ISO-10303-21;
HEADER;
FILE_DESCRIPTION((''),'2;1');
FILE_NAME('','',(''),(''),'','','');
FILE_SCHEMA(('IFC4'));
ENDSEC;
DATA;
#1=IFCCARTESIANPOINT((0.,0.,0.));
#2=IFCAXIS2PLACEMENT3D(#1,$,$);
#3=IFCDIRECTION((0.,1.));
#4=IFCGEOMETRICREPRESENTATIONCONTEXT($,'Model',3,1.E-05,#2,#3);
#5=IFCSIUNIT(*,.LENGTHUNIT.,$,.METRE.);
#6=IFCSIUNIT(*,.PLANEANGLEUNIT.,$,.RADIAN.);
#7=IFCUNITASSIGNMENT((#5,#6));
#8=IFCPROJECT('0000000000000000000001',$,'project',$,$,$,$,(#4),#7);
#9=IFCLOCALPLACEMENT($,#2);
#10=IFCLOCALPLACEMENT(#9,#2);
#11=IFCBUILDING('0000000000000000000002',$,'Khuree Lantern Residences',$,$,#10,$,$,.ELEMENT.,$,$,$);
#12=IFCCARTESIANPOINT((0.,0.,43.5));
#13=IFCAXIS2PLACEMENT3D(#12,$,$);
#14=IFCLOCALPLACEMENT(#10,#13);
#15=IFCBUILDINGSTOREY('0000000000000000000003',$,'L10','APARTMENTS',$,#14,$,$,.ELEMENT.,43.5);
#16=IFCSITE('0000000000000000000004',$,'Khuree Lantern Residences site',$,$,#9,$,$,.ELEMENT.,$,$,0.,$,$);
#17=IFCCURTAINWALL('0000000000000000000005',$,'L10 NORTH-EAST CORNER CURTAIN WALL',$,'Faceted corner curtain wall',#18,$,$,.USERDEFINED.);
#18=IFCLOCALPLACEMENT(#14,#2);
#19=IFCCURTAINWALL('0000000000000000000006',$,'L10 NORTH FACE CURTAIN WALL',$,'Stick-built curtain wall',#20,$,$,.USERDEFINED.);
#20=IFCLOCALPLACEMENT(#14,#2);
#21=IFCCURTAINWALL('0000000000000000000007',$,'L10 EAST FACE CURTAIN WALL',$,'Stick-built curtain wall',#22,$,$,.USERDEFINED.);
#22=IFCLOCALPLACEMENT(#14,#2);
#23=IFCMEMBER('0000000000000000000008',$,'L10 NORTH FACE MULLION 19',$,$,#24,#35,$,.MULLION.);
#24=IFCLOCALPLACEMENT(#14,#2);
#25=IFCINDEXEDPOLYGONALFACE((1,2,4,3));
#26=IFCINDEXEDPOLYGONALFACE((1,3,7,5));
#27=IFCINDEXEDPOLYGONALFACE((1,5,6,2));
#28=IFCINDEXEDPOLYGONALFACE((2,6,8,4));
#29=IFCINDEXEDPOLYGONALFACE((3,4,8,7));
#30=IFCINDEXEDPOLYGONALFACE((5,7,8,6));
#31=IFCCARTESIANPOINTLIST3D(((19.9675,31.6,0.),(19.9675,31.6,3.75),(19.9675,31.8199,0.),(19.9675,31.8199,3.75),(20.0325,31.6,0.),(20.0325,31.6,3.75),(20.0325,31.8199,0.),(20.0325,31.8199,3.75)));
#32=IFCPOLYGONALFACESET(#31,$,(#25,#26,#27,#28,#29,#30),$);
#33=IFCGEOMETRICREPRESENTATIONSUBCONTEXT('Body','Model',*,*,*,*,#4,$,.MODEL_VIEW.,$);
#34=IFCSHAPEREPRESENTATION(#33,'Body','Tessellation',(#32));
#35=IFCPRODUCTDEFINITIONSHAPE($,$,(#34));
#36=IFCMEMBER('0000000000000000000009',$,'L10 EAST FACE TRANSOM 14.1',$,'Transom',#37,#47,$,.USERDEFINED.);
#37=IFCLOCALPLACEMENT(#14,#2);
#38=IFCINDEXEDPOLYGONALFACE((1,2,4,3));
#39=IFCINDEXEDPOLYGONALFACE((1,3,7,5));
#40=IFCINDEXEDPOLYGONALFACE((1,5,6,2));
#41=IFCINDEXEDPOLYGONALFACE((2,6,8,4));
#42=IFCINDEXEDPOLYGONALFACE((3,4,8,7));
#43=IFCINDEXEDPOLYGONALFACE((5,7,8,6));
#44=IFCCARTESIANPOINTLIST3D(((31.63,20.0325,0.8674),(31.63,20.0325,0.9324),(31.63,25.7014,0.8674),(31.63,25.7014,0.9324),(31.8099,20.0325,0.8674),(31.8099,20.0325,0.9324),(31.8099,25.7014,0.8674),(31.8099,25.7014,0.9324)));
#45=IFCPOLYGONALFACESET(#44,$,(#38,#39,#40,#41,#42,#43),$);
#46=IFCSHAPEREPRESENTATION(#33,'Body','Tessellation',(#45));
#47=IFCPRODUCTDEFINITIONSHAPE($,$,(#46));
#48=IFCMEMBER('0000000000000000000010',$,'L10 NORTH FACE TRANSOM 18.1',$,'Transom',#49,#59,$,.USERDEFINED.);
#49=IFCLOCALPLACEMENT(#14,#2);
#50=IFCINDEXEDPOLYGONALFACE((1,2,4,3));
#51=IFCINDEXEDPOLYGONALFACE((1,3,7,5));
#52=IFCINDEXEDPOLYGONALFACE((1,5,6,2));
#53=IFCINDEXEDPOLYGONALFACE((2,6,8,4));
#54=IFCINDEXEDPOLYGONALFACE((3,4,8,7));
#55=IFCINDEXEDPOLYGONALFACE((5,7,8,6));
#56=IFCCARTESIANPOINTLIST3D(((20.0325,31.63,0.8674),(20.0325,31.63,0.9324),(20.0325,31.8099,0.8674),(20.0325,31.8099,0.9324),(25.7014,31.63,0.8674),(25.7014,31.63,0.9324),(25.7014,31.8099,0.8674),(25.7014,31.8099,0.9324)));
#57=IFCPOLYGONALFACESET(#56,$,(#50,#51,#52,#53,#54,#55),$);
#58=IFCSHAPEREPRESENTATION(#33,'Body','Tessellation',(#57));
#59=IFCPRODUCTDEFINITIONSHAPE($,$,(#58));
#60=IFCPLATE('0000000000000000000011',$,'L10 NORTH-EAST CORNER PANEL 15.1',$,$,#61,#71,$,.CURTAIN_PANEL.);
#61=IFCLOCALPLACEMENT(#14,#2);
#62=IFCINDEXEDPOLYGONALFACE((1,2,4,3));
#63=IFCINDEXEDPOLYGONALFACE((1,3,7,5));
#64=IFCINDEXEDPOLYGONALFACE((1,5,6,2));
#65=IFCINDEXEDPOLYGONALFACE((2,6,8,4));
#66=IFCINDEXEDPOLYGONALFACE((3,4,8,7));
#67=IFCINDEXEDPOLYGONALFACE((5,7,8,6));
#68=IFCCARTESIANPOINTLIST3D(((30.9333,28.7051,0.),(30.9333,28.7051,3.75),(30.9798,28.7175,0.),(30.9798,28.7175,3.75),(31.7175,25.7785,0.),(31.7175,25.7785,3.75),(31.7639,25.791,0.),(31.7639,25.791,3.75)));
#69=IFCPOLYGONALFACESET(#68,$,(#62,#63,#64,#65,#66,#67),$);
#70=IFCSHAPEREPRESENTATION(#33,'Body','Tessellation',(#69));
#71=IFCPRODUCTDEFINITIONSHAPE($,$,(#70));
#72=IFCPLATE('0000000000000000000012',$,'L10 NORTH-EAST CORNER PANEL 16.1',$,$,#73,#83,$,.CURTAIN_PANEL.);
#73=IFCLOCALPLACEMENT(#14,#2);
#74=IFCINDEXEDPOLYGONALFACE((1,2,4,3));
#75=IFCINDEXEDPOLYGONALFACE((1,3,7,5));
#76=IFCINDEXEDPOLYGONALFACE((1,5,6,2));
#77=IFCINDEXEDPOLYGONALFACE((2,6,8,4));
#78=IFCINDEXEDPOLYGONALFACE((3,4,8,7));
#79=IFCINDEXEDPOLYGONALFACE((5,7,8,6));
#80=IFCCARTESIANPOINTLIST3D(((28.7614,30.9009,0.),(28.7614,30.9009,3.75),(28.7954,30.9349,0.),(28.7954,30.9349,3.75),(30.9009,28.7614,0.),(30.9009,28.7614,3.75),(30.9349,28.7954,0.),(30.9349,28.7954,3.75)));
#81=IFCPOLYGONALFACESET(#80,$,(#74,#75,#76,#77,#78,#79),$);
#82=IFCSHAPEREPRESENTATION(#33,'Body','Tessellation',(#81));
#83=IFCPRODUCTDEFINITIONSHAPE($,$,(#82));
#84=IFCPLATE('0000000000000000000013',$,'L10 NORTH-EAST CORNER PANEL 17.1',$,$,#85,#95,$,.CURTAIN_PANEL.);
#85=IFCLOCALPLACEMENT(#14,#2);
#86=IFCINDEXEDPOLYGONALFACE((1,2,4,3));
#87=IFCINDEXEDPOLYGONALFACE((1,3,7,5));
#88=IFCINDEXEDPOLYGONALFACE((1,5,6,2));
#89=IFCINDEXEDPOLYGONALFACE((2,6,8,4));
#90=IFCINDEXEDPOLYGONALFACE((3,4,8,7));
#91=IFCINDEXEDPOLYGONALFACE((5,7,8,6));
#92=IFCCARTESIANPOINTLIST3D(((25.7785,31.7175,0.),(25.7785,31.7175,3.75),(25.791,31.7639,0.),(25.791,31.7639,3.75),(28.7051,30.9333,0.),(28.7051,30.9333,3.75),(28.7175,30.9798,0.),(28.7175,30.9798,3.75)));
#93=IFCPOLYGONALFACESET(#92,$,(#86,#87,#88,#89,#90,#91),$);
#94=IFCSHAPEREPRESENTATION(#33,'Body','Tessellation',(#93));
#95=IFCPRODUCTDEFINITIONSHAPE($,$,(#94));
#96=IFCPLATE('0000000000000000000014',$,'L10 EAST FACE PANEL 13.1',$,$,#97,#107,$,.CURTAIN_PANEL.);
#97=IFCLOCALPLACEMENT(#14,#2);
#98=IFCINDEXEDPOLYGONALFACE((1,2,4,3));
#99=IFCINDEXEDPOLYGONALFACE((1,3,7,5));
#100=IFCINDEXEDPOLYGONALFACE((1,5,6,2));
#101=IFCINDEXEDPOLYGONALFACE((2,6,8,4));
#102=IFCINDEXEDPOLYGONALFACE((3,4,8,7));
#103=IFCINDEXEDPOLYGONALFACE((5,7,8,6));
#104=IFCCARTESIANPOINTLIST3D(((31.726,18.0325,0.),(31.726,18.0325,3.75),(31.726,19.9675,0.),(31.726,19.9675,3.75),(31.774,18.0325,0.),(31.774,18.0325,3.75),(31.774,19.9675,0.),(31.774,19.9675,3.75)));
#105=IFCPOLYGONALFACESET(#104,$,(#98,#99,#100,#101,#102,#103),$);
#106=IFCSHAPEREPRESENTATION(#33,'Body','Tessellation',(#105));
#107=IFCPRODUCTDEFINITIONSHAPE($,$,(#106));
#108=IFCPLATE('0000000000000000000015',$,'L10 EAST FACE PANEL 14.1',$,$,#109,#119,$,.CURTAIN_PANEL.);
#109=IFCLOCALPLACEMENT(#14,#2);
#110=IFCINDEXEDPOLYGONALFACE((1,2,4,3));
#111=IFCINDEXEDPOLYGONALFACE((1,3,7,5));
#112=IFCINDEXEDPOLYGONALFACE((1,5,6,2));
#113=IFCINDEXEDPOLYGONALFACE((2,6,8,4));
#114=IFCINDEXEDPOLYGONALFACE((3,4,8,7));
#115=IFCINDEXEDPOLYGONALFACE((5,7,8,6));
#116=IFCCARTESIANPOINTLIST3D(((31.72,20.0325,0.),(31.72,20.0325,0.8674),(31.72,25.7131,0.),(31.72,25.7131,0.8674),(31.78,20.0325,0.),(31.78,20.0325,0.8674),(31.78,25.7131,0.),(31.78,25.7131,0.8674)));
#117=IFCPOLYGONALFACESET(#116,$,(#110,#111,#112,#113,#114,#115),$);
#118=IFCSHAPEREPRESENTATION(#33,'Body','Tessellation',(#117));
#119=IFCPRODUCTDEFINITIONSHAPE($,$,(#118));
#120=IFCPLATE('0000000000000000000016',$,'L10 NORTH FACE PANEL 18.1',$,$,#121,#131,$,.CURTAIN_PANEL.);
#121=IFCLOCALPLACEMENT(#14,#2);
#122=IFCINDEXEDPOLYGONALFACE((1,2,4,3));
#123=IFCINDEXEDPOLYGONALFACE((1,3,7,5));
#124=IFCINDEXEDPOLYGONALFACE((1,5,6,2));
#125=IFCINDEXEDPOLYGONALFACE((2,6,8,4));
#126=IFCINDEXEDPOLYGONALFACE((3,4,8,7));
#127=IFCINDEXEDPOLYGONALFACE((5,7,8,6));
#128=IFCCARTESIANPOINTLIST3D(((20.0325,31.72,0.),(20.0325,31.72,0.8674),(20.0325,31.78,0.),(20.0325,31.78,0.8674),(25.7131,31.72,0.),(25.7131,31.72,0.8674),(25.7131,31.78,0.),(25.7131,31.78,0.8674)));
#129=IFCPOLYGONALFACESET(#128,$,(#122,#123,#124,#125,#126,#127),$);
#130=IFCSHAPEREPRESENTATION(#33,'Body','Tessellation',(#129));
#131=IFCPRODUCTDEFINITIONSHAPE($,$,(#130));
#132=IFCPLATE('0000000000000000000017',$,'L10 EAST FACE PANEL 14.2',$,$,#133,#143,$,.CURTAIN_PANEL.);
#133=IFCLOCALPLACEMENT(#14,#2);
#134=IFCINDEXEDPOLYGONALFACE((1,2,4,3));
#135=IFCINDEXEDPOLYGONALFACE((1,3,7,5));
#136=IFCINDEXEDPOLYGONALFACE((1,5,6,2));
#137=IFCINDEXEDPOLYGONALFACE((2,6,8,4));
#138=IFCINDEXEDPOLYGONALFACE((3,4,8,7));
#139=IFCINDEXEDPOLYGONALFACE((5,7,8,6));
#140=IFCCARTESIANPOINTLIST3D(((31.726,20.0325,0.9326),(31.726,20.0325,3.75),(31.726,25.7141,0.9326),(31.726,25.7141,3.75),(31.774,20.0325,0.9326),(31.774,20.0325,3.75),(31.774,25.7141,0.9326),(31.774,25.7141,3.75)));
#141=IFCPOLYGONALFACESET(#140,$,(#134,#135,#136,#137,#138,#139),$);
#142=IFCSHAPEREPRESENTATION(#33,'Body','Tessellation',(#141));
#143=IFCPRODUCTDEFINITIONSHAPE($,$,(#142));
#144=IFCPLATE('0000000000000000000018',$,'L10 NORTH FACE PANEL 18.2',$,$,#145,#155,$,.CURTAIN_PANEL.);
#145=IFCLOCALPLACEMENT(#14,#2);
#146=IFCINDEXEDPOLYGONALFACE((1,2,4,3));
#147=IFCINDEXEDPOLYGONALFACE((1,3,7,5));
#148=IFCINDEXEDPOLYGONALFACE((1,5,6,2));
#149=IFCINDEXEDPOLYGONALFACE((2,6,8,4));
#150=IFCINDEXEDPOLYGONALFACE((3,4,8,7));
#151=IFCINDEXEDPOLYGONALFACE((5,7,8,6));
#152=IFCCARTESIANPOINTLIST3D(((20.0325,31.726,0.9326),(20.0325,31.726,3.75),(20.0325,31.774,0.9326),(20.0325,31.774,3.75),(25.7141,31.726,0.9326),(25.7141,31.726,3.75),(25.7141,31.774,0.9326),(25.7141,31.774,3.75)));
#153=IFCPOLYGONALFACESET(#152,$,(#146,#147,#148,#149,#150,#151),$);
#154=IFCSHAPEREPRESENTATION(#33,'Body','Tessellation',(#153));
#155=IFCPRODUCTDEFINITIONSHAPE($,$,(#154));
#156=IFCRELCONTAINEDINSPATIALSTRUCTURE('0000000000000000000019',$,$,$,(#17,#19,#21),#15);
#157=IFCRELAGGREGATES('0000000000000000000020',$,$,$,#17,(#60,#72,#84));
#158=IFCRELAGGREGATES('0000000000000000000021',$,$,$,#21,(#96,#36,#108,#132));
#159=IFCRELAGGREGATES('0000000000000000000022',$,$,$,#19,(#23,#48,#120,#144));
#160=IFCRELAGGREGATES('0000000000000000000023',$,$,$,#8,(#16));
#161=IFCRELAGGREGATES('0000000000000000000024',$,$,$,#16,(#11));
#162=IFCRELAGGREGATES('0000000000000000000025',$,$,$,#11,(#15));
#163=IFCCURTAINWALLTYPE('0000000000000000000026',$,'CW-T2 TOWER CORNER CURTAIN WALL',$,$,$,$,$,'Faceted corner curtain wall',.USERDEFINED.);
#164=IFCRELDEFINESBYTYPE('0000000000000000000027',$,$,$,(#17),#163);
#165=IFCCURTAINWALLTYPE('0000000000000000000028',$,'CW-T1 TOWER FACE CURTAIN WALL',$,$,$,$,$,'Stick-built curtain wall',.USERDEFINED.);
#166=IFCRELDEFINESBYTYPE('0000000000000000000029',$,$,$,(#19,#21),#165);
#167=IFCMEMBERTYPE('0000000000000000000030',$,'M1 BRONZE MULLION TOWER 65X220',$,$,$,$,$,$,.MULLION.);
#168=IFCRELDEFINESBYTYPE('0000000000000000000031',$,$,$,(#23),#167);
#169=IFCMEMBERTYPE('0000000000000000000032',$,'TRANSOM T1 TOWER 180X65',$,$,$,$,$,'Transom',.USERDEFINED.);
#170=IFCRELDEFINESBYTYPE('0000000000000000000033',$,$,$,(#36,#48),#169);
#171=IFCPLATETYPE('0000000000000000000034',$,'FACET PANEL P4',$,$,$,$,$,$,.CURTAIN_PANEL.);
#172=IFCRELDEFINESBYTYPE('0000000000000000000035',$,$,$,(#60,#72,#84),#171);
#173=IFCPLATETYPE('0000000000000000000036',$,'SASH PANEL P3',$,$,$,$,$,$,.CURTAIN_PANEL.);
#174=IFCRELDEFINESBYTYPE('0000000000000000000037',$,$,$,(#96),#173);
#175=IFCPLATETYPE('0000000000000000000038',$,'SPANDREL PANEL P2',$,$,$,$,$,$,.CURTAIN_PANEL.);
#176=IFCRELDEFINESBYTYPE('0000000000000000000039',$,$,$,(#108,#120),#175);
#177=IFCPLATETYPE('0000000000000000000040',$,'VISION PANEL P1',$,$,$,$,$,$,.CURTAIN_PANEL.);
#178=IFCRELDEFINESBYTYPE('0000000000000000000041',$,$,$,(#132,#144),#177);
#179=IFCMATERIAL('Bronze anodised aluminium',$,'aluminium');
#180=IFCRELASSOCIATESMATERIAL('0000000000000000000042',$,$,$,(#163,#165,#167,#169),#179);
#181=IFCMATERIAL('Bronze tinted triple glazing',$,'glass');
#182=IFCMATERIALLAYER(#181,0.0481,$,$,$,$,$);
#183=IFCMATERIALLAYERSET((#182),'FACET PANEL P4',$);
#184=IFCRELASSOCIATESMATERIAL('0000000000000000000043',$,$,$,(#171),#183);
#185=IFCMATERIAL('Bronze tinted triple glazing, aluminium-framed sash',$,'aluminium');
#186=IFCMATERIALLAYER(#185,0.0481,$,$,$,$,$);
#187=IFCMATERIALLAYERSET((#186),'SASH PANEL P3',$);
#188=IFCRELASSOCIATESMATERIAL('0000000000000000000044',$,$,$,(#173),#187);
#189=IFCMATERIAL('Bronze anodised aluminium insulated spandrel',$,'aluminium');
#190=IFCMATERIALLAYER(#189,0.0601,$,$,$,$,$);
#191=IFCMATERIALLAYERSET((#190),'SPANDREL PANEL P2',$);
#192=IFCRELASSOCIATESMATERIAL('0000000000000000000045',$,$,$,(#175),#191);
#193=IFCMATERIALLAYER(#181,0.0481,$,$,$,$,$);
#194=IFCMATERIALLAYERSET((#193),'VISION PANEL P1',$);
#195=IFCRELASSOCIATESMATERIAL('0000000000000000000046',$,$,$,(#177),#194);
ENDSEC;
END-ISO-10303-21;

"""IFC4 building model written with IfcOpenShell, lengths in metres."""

from ifc_helpers import new_model, si_unit, direction, frame, origin, origin_2d, place, context, subcontext, project, spatial, rectangle, extrude, material, layer, layer_set, material_profile, profile_set, type_object, element, aggregate, save


model = new_model("IFC4")

# Units and contexts
model_context = context("Model", 3, precision=1e-05, world=origin(), true_north=direction((0.0, 1.0)))
body_context = subcontext(model_context, "Body", "Model", "MODEL_VIEW")
ifc_project = project(units=[si_unit("LENGTHUNIT", "METRE"), si_unit("PLANEANGLEUNIT", "RADIAN")], contexts=[model_context])

# Site, building, storey
site_placement = place(None, origin())
site = spatial("IfcSite", under=ifc_project, at=site_placement, Name="Khuree Lantern Residences site", CompositionType="ELEMENT", RefElevation=0.0)
building_placement = place(site_placement, origin())
building = spatial("IfcBuilding", under=site, at=building_placement, Name="Khuree Lantern Residences", CompositionType="ELEMENT")
storey_placement = place(building_placement, frame((0.0, 0.0, 43.5)))
storey = spatial("IfcBuildingStorey", under=building, at=storey_placement, Name="L10", Description="APARTMENTS", CompositionType="ELEMENT", Elevation=43.5)

# Curtain walls
ifc_material_1 = material(Name="Bronze anodised aluminium", Category="aluminium")
curtain_wall_type_1 = type_object("IfcCurtainWallType", Name="CW-T2 TOWER CORNER CURTAIN WALL", ElementType="Faceted corner curtain wall", PredefinedType="USERDEFINED", material=ifc_material_1)
curtain_wall_1_placement = place(storey_placement, origin())
curtain_wall_1 = element("IfcCurtainWall", 1, at=curtain_wall_1_placement, inside=storey, type_object=curtain_wall_type_1, Name="L10 NORTH-EAST CORNER CURTAIN WALL", ObjectType="Faceted corner curtain wall", PredefinedType="USERDEFINED")
curtain_wall_type_2 = type_object("IfcCurtainWallType", Name="CW-T1 TOWER FACE CURTAIN WALL", ElementType="Stick-built curtain wall", PredefinedType="USERDEFINED", material=ifc_material_1)
curtain_wall_2_placement = place(storey_placement, origin())
curtain_wall_2 = element("IfcCurtainWall", 2, at=curtain_wall_2_placement, inside=storey, type_object=curtain_wall_type_2, Name="L10 NORTH FACE CURTAIN WALL", ObjectType="Stick-built curtain wall", PredefinedType="USERDEFINED")

# Curtain wall
curtain_wall_3_placement = place(storey_placement, origin())
curtain_wall_3 = element("IfcCurtainWall", 3, at=curtain_wall_3_placement, inside=storey, type_object=curtain_wall_type_2, Name="L10 EAST FACE CURTAIN WALL", ObjectType="Stick-built curtain wall", PredefinedType="USERDEFINED")
ifc_material_profile_1 = material_profile(ifc_material_1, rectangle(XDim=0.0649, YDim=0.22, at=origin_2d()), Name="M1 65X220")
ifc_profile_set_1 = profile_set([ifc_material_profile_1], Name="Bronze anodised aluminium")
member_type_1 = type_object("IfcMemberType", Name="M1 BRONZE MULLION TOWER 65X220", PredefinedType="MULLION", material=ifc_profile_set_1)

# Members
member_1_placement = place(storey_placement, frame((20.0, 31.71, 0.0), z_axis=(0.0, 0.0, 1.0), x_axis=(-1.0, 0.0, 0.0)))
member_1 = element("IfcMember", 4, at=member_1_placement, type_object=member_type_1, Name="L10 NORTH FACE MULLION 19", PredefinedType="MULLION", context=body_context, shape_type="SweptSolid", body=[
    extrude(rectangle(XDim=0.0649, YDim=0.22, at=origin_2d()), origin(), (0.0, 0.0, 1.0), 3.75),
])
ifc_material_profile_2 = material_profile(ifc_material_1, rectangle(XDim=0.1799, YDim=0.0649, at=origin_2d()), Name="T1 180X65")
ifc_profile_set_2 = profile_set([ifc_material_profile_2], Name="Bronze anodised aluminium")
member_type_2 = type_object("IfcMemberType", Name="TRANSOM T1 TOWER 180X65", ElementType="Transom", PredefinedType="USERDEFINED", material=ifc_profile_set_2)
member_2_placement = place(storey_placement, frame((31.72, 20.0325, 0.8999), z_axis=(0.0, 1.0, 0.0), x_axis=(-1.0, 0.0, 0.0)))
member_2 = element("IfcMember", 5, at=member_2_placement, type_object=member_type_2, Name="L10 EAST FACE TRANSOM 14.1", ObjectType="Transom", PredefinedType="USERDEFINED", context=body_context, shape_type="SweptSolid", body=[
    extrude(rectangle(XDim=0.1799, YDim=0.0649, at=origin_2d()), origin(), (0.0, 0.0, 1.0), 5.6689),
])
member_3_placement = place(storey_placement, frame((25.7014, 31.72, 0.8999), z_axis=(-1.0, 0.0, 0.0), x_axis=(0.0, -1.0, 0.0)))
member_3 = element("IfcMember", 6, at=member_3_placement, type_object=member_type_2, Name="L10 NORTH FACE TRANSOM 18.1", ObjectType="Transom", PredefinedType="USERDEFINED", context=body_context, shape_type="SweptSolid", body=[
    extrude(rectangle(XDim=0.1799, YDim=0.0649, at=origin_2d()), origin(), (0.0, 0.0, 1.0), 5.6689),
])

# Plates
ifc_material_2 = material(Name="Bronze tinted triple glazing", Category="glass")
ifc_layer_1 = layer(ifc_material_2, 0.0481)
ifc_layer_set_1 = layer_set([ifc_layer_1], Name="FACET PANEL P4")
plate_type_1 = type_object("IfcPlateType", Name="FACET PANEL P4", PredefinedType="CURTAIN_PANEL", material=ifc_layer_set_1)
plate_1_placement = place(storey_placement, frame((31.3486, 27.248, 0.0), z_axis=(0.0, 0.0, 1.0), x_axis=(-0.258819, 0.965926, 0.0)))
plate_1 = element("IfcPlate", 7, at=plate_1_placement, type_object=plate_type_1, Name="L10 NORTH-EAST CORNER PANEL 15.1", PredefinedType="CURTAIN_PANEL", context=body_context, shape_type="SweptSolid", body=[
    extrude(rectangle(XDim=3.0298, YDim=0.0481, at=origin_2d()), origin(), (0.0, 0.0, 1.0), 3.75),
])
plate_2_placement = place(storey_placement, frame((29.8481, 29.8481, 0.0), z_axis=(0.0, 0.0, 1.0), x_axis=(-0.707107, 0.707107, 0.0)))
plate_2 = element("IfcPlate", 8, at=plate_2_placement, type_object=plate_type_1, Name="L10 NORTH-EAST CORNER PANEL 16.1", PredefinedType="CURTAIN_PANEL", context=body_context, shape_type="SweptSolid", body=[
    extrude(rectangle(XDim=3.0256, YDim=0.0481, at=origin_2d()), origin(), (0.0, 0.0, 1.0), 3.75),
])
plate_3_placement = place(storey_placement, frame((27.248, 31.3486, 0.0), z_axis=(0.0, 0.0, 1.0), x_axis=(-0.965926, 0.258819, 0.0)))
plate_3 = element("IfcPlate", 9, at=plate_3_placement, type_object=plate_type_1, Name="L10 NORTH-EAST CORNER PANEL 17.1", PredefinedType="CURTAIN_PANEL", context=body_context, shape_type="SweptSolid", body=[
    extrude(rectangle(XDim=3.0298, YDim=0.0481, at=origin_2d()), origin(), (0.0, 0.0, 1.0), 3.75),
])
aggregate(curtain_wall_1, [plate_1, plate_2, plate_3])
ifc_material_3 = material(Name="Bronze tinted triple glazing, aluminium-framed sash", Category="aluminium")
ifc_layer_2 = layer(ifc_material_3, 0.0481)
ifc_layer_set_2 = layer_set([ifc_layer_2], Name="SASH PANEL P3")
plate_type_2 = type_object("IfcPlateType", Name="SASH PANEL P3", PredefinedType="CURTAIN_PANEL", material=ifc_layer_set_2)
plate_4_placement = place(storey_placement, frame((31.75, 19.0, 0.0), z_axis=(0.0, 0.0, 1.0), x_axis=(0.0, 1.0, 0.0)))
plate_4 = element("IfcPlate", 10, at=plate_4_placement, type_object=plate_type_2, Name="L10 EAST FACE PANEL 13.1", PredefinedType="CURTAIN_PANEL", context=body_context, shape_type="SweptSolid", body=[
    extrude(rectangle(XDim=1.9351, YDim=0.0481, at=origin_2d()), origin(), (0.0, 0.0, 1.0), 3.75),
])
ifc_material_4 = material(Name="Bronze anodised aluminium insulated spandrel", Category="aluminium")
ifc_layer_3 = layer(ifc_material_4, 0.0601)
ifc_layer_set_3 = layer_set([ifc_layer_3], Name="SPANDREL PANEL P2")
plate_type_3 = type_object("IfcPlateType", Name="SPANDREL PANEL P2", PredefinedType="CURTAIN_PANEL", material=ifc_layer_set_3)
plate_5_placement = place(storey_placement, frame((31.75, 22.8728, 0.0), z_axis=(0.0, 0.0, 1.0), x_axis=(0.0, 1.0, 0.0)))
plate_5 = element("IfcPlate", 11, at=plate_5_placement, type_object=plate_type_3, Name="L10 EAST FACE PANEL 14.1", PredefinedType="CURTAIN_PANEL", context=body_context, shape_type="SweptSolid", body=[
    extrude(rectangle(XDim=5.6807, YDim=0.0601, at=origin_2d()), origin(), (0.0, 0.0, 1.0), 0.8674),
])
plate_6_placement = place(storey_placement, frame((22.8728, 31.75, 0.0), z_axis=(0.0, 0.0, 1.0), x_axis=(-1.0, 0.0, 0.0)))
plate_6 = element("IfcPlate", 12, at=plate_6_placement, type_object=plate_type_3, Name="L10 NORTH FACE PANEL 18.1", PredefinedType="CURTAIN_PANEL", context=body_context, shape_type="SweptSolid", body=[
    extrude(rectangle(XDim=5.6807, YDim=0.0601, at=origin_2d()), origin(), (0.0, 0.0, 1.0), 0.8674),
])
ifc_layer_4 = layer(ifc_material_2, 0.0481)
ifc_layer_set_4 = layer_set([ifc_layer_4], Name="VISION PANEL P1")
plate_type_4 = type_object("IfcPlateType", Name="VISION PANEL P1", PredefinedType="CURTAIN_PANEL", material=ifc_layer_set_4)
plate_7_placement = place(storey_placement, frame((31.75, 22.8733, 0.9326), z_axis=(0.0, 0.0, 1.0), x_axis=(0.0, 1.0, 0.0)))
plate_7 = element("IfcPlate", 13, at=plate_7_placement, type_object=plate_type_4, Name="L10 EAST FACE PANEL 14.2", PredefinedType="CURTAIN_PANEL", context=body_context, shape_type="SweptSolid", body=[
    extrude(rectangle(XDim=5.6816, YDim=0.0481, at=origin_2d()), origin(), (0.0, 0.0, 1.0), 2.8174),
])
aggregate(curtain_wall_3, [plate_4, member_2, plate_5, plate_7])
plate_8_placement = place(storey_placement, frame((22.8733, 31.75, 0.9326), z_axis=(0.0, 0.0, 1.0), x_axis=(-1.0, 0.0, 0.0)))
plate_8 = element("IfcPlate", 14, at=plate_8_placement, type_object=plate_type_4, Name="L10 NORTH FACE PANEL 18.2", PredefinedType="CURTAIN_PANEL", context=body_context, shape_type="SweptSolid", body=[
    extrude(rectangle(XDim=5.6816, YDim=0.0481, at=origin_2d()), origin(), (0.0, 0.0, 1.0), 2.8174),
])
aggregate(curtain_wall_2, [member_1, member_3, plate_6, plate_8])

save(model, "model.ifc")
